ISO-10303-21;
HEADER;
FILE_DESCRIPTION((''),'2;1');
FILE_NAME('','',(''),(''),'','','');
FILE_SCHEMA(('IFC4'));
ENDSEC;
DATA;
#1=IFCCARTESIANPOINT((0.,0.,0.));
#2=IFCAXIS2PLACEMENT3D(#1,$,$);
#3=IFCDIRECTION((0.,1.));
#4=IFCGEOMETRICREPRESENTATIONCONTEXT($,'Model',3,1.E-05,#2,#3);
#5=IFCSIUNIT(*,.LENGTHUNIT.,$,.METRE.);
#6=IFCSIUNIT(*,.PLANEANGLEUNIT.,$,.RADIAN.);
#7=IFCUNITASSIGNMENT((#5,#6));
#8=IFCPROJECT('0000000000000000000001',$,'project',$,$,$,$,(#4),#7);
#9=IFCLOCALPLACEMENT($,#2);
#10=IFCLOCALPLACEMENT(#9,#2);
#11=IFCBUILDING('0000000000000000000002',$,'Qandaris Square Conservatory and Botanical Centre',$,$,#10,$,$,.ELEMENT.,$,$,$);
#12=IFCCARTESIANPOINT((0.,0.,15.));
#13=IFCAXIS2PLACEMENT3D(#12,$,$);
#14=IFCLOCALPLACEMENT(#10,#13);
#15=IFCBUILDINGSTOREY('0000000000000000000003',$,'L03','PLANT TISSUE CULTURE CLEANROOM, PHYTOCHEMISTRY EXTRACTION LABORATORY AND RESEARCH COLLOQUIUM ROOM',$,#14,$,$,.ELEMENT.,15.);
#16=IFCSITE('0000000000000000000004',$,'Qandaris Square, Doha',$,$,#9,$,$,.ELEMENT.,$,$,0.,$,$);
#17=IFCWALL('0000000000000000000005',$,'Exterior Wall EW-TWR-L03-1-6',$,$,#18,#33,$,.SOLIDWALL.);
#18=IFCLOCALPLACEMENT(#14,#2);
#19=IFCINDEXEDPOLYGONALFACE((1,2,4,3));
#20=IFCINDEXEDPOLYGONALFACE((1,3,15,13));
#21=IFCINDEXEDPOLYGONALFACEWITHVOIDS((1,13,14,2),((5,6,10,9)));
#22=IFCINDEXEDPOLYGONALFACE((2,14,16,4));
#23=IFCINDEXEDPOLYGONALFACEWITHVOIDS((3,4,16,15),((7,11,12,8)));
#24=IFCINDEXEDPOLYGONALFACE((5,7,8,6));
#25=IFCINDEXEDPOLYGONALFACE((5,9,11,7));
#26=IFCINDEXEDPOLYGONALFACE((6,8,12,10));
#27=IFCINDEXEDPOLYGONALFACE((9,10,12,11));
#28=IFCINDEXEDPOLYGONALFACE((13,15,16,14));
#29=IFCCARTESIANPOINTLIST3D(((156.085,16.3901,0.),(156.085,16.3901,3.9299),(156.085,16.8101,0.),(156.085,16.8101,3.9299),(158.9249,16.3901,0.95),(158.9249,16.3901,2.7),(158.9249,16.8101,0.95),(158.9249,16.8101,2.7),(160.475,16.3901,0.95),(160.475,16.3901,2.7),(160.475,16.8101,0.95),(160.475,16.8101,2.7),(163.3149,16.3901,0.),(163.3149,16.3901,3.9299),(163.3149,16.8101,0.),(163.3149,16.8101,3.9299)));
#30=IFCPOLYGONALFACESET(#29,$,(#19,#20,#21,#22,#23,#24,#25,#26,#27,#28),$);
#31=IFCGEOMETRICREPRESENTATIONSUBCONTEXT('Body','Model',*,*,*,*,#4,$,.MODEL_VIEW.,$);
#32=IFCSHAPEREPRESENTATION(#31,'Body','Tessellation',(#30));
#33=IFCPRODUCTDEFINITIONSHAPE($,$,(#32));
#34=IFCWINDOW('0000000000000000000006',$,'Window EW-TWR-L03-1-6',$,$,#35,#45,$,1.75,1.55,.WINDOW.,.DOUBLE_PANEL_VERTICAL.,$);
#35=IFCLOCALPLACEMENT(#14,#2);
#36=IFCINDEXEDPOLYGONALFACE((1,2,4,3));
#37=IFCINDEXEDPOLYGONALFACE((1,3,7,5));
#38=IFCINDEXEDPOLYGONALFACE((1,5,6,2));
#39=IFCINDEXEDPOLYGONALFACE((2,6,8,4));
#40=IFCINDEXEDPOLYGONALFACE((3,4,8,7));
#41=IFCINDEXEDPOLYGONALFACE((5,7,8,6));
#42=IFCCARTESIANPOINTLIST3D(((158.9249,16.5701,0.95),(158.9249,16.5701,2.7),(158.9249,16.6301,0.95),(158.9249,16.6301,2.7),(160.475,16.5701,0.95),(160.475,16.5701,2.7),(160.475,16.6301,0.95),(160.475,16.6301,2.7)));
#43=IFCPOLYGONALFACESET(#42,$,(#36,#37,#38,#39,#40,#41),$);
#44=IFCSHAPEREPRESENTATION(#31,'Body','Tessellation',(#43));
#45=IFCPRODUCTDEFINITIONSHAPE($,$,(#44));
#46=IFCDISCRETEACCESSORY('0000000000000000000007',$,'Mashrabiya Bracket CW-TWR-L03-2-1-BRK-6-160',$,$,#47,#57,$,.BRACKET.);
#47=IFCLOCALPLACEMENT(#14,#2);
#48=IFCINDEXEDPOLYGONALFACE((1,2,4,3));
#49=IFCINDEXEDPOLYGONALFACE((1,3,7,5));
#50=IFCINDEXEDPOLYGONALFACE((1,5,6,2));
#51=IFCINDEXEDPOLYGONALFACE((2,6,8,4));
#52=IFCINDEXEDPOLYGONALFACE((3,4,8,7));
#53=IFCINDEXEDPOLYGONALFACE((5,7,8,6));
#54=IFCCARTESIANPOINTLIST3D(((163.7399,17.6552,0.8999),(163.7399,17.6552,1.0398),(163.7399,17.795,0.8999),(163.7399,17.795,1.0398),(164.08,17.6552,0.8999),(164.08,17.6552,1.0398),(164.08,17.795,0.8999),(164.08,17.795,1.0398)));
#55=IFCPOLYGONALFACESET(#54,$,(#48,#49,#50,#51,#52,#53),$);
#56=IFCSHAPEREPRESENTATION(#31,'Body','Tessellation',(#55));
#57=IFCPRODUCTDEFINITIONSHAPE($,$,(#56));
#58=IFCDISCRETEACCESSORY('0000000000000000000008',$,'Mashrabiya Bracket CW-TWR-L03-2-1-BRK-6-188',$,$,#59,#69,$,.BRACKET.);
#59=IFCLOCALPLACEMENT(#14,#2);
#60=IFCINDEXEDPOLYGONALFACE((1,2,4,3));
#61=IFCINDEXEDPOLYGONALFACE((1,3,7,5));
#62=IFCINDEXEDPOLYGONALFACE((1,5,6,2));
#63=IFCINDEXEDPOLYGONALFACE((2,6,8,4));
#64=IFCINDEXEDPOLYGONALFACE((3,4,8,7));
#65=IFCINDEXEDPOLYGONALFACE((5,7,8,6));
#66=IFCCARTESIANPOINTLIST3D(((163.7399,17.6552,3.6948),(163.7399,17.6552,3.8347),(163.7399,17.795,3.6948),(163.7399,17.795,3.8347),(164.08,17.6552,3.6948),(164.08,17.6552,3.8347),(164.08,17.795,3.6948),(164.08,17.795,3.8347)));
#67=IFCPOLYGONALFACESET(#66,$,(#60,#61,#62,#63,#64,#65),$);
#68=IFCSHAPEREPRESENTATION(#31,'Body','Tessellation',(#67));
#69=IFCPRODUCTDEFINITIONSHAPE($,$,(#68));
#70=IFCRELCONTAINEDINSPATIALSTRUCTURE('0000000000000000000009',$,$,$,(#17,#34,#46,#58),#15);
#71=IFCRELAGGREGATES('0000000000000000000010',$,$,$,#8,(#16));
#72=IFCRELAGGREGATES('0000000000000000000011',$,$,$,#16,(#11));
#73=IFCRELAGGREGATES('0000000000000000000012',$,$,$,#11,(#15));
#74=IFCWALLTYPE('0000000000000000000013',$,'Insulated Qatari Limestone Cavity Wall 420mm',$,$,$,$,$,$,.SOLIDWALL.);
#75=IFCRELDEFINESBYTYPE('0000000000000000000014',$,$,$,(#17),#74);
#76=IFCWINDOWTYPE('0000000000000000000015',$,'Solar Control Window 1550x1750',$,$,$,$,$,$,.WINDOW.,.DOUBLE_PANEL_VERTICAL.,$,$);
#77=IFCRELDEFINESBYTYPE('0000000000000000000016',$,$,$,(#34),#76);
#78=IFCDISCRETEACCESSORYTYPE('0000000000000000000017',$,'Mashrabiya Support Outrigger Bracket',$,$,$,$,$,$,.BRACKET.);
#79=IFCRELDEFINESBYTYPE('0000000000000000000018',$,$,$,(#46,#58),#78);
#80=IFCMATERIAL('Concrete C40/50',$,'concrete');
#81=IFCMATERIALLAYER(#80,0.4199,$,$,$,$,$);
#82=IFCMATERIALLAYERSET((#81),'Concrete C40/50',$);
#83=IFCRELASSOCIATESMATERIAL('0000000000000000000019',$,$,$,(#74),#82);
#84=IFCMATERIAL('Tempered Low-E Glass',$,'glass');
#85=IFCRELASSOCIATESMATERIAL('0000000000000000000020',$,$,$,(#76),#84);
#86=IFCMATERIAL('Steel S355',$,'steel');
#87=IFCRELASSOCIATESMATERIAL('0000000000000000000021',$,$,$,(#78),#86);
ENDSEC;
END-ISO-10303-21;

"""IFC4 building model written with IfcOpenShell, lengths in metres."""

from ifc_helpers import new_model, si_unit, direction, frame, frame_2d, origin, origin_2d, place, context, subcontext, project, spatial, rectangle, extrude, material, layer, layer_set, type_object, element, fill, save


model = new_model("IFC4")

# Units and contexts
model_context = context("Model", 3, precision=1e-05, world=origin(), true_north=direction((0.0, 1.0)))
body_context = subcontext(model_context, "Body", "Model", "MODEL_VIEW")
ifc_project = project(units=[si_unit("LENGTHUNIT", "METRE"), si_unit("PLANEANGLEUNIT", "RADIAN")], contexts=[model_context])

# Site, building, storey
site_placement = place(None, origin())
site = spatial("IfcSite", under=ifc_project, at=site_placement, Name="Qandaris Square, Doha", CompositionType="ELEMENT", RefElevation=0.0)
building_placement = place(site_placement, origin())
building = spatial("IfcBuilding", under=site, at=building_placement, Name="Qandaris Square Conservatory and Botanical Centre", CompositionType="ELEMENT")
storey_placement = place(building_placement, frame((0.0, 0.0, 15.0)))
storey = spatial("IfcBuildingStorey", under=building, at=storey_placement, Name="L03", Description="PLANT TISSUE CULTURE CLEANROOM, PHYTOCHEMISTRY EXTRACTION LABORATORY AND RESEARCH COLLOQUIUM ROOM", CompositionType="ELEMENT", Elevation=15.0)

# Shared definitions
ifc_material_1 = material(Name="Steel S355", Category="steel")

# Shared definitions
ifc_material_2 = material(Name="Tempered Low-E Glass", Category="glass")

# Wall, opening, window
ifc_material_3 = material(Name="Concrete C40/50", Category="concrete")
ifc_layer_1 = layer(ifc_material_3, 0.4199)
ifc_layer_set_1 = layer_set([ifc_layer_1], Name="Concrete C40/50")
wall_type = type_object("IfcWallType", Name="Insulated Qatari Limestone Cavity Wall 420mm", PredefinedType="SOLIDWALL", material=ifc_layer_set_1)
wall_placement = place(storey_placement, frame((156.085, 16.6001, 0.0), z_axis=(0.0, 0.0, 1.0), x_axis=(1.0, 0.0, 0.0)))
wall = element("IfcWall", 1, at=wall_placement, inside=storey, type_object=wall_type, Name="Exterior Wall EW-TWR-L03-1-6", PredefinedType="SOLIDWALL", context=body_context, shape_type="SweptSolid", body=[
    extrude(rectangle(XDim=7.23, YDim=0.4199, at=frame_2d((3.615, 0.0))), origin(), (0.0, 0.0, 1.0), 3.9299),
])
opening_placement = place(wall_placement, frame((2.8401, 0.0, 0.95)))
opening = element("IfcOpeningElement", 2, at=opening_placement, cuts=wall, PredefinedType="OPENING", context=body_context, shape_type="SweptSolid", body=[
    extrude(rectangle(XDim=1.55, YDim=1.75, at=frame_2d((0.7749, 0.875))), frame((0.0, 0.2219, 0.0), z_axis=(0.0, -1.0, 0.0), x_axis=(1.0, 0.0, 0.0)), (0.0, 0.0, 1.0), 0.4438),
])
window_type = type_object("IfcWindowType", Name="Solar Control Window 1550x1750", PartitioningType="DOUBLE_PANEL_VERTICAL", PredefinedType="WINDOW", material=ifc_material_2)
window_placement = place(opening_placement, origin())
window = element("IfcWindow", 3, at=window_placement, inside=storey, type_object=window_type, Name="Window EW-TWR-L03-1-6", OverallHeight=1.75, OverallWidth=1.55, PartitioningType="DOUBLE_PANEL_VERTICAL", PredefinedType="WINDOW", context=body_context, shape_type="SweptSolid", body=[
    extrude(rectangle(XDim=1.55, YDim=1.75, at=frame_2d((0.7749, 0.875))), frame((0.0, 0.03, 0.0), z_axis=(0.0, -1.0, 0.0), x_axis=(1.0, 0.0, 0.0)), (0.0, 0.0, 1.0), 0.0601),
])
fill(opening, window)

# Discrete accessories
discrete_accessory_type = type_object("IfcDiscreteAccessoryType", Name="Mashrabiya Support Outrigger Bracket", PredefinedType="BRACKET", material=ifc_material_1)
for number, where, z_axis, x_axis, name in (
    (4, (163.9099, 17.7251, 0.8999), (0.0, 0.0, 1.0), (0.0, 1.0, 0.0), "Mashrabiya Bracket CW-TWR-L03-2-1-BRK-6-160"),
    (5, (163.9099, 17.7251, 3.6948), (0.0, 0.0, 1.0), (0.0, 1.0, 0.0), "Mashrabiya Bracket CW-TWR-L03-2-1-BRK-6-188"),
):
    element("IfcDiscreteAccessory", number, at=place(storey_placement, frame(where, z_axis=z_axis, x_axis=x_axis)), inside=storey, type_object=discrete_accessory_type, Name=name, PredefinedType="BRACKET", context=body_context, shape_type="SweptSolid", body=[
        extrude(rectangle(XDim=0.1399, YDim=0.3401, at=origin_2d()), origin(), (0.0, 0.0, 1.0), 0.1399),
    ])

save(model, "model.ifc")
